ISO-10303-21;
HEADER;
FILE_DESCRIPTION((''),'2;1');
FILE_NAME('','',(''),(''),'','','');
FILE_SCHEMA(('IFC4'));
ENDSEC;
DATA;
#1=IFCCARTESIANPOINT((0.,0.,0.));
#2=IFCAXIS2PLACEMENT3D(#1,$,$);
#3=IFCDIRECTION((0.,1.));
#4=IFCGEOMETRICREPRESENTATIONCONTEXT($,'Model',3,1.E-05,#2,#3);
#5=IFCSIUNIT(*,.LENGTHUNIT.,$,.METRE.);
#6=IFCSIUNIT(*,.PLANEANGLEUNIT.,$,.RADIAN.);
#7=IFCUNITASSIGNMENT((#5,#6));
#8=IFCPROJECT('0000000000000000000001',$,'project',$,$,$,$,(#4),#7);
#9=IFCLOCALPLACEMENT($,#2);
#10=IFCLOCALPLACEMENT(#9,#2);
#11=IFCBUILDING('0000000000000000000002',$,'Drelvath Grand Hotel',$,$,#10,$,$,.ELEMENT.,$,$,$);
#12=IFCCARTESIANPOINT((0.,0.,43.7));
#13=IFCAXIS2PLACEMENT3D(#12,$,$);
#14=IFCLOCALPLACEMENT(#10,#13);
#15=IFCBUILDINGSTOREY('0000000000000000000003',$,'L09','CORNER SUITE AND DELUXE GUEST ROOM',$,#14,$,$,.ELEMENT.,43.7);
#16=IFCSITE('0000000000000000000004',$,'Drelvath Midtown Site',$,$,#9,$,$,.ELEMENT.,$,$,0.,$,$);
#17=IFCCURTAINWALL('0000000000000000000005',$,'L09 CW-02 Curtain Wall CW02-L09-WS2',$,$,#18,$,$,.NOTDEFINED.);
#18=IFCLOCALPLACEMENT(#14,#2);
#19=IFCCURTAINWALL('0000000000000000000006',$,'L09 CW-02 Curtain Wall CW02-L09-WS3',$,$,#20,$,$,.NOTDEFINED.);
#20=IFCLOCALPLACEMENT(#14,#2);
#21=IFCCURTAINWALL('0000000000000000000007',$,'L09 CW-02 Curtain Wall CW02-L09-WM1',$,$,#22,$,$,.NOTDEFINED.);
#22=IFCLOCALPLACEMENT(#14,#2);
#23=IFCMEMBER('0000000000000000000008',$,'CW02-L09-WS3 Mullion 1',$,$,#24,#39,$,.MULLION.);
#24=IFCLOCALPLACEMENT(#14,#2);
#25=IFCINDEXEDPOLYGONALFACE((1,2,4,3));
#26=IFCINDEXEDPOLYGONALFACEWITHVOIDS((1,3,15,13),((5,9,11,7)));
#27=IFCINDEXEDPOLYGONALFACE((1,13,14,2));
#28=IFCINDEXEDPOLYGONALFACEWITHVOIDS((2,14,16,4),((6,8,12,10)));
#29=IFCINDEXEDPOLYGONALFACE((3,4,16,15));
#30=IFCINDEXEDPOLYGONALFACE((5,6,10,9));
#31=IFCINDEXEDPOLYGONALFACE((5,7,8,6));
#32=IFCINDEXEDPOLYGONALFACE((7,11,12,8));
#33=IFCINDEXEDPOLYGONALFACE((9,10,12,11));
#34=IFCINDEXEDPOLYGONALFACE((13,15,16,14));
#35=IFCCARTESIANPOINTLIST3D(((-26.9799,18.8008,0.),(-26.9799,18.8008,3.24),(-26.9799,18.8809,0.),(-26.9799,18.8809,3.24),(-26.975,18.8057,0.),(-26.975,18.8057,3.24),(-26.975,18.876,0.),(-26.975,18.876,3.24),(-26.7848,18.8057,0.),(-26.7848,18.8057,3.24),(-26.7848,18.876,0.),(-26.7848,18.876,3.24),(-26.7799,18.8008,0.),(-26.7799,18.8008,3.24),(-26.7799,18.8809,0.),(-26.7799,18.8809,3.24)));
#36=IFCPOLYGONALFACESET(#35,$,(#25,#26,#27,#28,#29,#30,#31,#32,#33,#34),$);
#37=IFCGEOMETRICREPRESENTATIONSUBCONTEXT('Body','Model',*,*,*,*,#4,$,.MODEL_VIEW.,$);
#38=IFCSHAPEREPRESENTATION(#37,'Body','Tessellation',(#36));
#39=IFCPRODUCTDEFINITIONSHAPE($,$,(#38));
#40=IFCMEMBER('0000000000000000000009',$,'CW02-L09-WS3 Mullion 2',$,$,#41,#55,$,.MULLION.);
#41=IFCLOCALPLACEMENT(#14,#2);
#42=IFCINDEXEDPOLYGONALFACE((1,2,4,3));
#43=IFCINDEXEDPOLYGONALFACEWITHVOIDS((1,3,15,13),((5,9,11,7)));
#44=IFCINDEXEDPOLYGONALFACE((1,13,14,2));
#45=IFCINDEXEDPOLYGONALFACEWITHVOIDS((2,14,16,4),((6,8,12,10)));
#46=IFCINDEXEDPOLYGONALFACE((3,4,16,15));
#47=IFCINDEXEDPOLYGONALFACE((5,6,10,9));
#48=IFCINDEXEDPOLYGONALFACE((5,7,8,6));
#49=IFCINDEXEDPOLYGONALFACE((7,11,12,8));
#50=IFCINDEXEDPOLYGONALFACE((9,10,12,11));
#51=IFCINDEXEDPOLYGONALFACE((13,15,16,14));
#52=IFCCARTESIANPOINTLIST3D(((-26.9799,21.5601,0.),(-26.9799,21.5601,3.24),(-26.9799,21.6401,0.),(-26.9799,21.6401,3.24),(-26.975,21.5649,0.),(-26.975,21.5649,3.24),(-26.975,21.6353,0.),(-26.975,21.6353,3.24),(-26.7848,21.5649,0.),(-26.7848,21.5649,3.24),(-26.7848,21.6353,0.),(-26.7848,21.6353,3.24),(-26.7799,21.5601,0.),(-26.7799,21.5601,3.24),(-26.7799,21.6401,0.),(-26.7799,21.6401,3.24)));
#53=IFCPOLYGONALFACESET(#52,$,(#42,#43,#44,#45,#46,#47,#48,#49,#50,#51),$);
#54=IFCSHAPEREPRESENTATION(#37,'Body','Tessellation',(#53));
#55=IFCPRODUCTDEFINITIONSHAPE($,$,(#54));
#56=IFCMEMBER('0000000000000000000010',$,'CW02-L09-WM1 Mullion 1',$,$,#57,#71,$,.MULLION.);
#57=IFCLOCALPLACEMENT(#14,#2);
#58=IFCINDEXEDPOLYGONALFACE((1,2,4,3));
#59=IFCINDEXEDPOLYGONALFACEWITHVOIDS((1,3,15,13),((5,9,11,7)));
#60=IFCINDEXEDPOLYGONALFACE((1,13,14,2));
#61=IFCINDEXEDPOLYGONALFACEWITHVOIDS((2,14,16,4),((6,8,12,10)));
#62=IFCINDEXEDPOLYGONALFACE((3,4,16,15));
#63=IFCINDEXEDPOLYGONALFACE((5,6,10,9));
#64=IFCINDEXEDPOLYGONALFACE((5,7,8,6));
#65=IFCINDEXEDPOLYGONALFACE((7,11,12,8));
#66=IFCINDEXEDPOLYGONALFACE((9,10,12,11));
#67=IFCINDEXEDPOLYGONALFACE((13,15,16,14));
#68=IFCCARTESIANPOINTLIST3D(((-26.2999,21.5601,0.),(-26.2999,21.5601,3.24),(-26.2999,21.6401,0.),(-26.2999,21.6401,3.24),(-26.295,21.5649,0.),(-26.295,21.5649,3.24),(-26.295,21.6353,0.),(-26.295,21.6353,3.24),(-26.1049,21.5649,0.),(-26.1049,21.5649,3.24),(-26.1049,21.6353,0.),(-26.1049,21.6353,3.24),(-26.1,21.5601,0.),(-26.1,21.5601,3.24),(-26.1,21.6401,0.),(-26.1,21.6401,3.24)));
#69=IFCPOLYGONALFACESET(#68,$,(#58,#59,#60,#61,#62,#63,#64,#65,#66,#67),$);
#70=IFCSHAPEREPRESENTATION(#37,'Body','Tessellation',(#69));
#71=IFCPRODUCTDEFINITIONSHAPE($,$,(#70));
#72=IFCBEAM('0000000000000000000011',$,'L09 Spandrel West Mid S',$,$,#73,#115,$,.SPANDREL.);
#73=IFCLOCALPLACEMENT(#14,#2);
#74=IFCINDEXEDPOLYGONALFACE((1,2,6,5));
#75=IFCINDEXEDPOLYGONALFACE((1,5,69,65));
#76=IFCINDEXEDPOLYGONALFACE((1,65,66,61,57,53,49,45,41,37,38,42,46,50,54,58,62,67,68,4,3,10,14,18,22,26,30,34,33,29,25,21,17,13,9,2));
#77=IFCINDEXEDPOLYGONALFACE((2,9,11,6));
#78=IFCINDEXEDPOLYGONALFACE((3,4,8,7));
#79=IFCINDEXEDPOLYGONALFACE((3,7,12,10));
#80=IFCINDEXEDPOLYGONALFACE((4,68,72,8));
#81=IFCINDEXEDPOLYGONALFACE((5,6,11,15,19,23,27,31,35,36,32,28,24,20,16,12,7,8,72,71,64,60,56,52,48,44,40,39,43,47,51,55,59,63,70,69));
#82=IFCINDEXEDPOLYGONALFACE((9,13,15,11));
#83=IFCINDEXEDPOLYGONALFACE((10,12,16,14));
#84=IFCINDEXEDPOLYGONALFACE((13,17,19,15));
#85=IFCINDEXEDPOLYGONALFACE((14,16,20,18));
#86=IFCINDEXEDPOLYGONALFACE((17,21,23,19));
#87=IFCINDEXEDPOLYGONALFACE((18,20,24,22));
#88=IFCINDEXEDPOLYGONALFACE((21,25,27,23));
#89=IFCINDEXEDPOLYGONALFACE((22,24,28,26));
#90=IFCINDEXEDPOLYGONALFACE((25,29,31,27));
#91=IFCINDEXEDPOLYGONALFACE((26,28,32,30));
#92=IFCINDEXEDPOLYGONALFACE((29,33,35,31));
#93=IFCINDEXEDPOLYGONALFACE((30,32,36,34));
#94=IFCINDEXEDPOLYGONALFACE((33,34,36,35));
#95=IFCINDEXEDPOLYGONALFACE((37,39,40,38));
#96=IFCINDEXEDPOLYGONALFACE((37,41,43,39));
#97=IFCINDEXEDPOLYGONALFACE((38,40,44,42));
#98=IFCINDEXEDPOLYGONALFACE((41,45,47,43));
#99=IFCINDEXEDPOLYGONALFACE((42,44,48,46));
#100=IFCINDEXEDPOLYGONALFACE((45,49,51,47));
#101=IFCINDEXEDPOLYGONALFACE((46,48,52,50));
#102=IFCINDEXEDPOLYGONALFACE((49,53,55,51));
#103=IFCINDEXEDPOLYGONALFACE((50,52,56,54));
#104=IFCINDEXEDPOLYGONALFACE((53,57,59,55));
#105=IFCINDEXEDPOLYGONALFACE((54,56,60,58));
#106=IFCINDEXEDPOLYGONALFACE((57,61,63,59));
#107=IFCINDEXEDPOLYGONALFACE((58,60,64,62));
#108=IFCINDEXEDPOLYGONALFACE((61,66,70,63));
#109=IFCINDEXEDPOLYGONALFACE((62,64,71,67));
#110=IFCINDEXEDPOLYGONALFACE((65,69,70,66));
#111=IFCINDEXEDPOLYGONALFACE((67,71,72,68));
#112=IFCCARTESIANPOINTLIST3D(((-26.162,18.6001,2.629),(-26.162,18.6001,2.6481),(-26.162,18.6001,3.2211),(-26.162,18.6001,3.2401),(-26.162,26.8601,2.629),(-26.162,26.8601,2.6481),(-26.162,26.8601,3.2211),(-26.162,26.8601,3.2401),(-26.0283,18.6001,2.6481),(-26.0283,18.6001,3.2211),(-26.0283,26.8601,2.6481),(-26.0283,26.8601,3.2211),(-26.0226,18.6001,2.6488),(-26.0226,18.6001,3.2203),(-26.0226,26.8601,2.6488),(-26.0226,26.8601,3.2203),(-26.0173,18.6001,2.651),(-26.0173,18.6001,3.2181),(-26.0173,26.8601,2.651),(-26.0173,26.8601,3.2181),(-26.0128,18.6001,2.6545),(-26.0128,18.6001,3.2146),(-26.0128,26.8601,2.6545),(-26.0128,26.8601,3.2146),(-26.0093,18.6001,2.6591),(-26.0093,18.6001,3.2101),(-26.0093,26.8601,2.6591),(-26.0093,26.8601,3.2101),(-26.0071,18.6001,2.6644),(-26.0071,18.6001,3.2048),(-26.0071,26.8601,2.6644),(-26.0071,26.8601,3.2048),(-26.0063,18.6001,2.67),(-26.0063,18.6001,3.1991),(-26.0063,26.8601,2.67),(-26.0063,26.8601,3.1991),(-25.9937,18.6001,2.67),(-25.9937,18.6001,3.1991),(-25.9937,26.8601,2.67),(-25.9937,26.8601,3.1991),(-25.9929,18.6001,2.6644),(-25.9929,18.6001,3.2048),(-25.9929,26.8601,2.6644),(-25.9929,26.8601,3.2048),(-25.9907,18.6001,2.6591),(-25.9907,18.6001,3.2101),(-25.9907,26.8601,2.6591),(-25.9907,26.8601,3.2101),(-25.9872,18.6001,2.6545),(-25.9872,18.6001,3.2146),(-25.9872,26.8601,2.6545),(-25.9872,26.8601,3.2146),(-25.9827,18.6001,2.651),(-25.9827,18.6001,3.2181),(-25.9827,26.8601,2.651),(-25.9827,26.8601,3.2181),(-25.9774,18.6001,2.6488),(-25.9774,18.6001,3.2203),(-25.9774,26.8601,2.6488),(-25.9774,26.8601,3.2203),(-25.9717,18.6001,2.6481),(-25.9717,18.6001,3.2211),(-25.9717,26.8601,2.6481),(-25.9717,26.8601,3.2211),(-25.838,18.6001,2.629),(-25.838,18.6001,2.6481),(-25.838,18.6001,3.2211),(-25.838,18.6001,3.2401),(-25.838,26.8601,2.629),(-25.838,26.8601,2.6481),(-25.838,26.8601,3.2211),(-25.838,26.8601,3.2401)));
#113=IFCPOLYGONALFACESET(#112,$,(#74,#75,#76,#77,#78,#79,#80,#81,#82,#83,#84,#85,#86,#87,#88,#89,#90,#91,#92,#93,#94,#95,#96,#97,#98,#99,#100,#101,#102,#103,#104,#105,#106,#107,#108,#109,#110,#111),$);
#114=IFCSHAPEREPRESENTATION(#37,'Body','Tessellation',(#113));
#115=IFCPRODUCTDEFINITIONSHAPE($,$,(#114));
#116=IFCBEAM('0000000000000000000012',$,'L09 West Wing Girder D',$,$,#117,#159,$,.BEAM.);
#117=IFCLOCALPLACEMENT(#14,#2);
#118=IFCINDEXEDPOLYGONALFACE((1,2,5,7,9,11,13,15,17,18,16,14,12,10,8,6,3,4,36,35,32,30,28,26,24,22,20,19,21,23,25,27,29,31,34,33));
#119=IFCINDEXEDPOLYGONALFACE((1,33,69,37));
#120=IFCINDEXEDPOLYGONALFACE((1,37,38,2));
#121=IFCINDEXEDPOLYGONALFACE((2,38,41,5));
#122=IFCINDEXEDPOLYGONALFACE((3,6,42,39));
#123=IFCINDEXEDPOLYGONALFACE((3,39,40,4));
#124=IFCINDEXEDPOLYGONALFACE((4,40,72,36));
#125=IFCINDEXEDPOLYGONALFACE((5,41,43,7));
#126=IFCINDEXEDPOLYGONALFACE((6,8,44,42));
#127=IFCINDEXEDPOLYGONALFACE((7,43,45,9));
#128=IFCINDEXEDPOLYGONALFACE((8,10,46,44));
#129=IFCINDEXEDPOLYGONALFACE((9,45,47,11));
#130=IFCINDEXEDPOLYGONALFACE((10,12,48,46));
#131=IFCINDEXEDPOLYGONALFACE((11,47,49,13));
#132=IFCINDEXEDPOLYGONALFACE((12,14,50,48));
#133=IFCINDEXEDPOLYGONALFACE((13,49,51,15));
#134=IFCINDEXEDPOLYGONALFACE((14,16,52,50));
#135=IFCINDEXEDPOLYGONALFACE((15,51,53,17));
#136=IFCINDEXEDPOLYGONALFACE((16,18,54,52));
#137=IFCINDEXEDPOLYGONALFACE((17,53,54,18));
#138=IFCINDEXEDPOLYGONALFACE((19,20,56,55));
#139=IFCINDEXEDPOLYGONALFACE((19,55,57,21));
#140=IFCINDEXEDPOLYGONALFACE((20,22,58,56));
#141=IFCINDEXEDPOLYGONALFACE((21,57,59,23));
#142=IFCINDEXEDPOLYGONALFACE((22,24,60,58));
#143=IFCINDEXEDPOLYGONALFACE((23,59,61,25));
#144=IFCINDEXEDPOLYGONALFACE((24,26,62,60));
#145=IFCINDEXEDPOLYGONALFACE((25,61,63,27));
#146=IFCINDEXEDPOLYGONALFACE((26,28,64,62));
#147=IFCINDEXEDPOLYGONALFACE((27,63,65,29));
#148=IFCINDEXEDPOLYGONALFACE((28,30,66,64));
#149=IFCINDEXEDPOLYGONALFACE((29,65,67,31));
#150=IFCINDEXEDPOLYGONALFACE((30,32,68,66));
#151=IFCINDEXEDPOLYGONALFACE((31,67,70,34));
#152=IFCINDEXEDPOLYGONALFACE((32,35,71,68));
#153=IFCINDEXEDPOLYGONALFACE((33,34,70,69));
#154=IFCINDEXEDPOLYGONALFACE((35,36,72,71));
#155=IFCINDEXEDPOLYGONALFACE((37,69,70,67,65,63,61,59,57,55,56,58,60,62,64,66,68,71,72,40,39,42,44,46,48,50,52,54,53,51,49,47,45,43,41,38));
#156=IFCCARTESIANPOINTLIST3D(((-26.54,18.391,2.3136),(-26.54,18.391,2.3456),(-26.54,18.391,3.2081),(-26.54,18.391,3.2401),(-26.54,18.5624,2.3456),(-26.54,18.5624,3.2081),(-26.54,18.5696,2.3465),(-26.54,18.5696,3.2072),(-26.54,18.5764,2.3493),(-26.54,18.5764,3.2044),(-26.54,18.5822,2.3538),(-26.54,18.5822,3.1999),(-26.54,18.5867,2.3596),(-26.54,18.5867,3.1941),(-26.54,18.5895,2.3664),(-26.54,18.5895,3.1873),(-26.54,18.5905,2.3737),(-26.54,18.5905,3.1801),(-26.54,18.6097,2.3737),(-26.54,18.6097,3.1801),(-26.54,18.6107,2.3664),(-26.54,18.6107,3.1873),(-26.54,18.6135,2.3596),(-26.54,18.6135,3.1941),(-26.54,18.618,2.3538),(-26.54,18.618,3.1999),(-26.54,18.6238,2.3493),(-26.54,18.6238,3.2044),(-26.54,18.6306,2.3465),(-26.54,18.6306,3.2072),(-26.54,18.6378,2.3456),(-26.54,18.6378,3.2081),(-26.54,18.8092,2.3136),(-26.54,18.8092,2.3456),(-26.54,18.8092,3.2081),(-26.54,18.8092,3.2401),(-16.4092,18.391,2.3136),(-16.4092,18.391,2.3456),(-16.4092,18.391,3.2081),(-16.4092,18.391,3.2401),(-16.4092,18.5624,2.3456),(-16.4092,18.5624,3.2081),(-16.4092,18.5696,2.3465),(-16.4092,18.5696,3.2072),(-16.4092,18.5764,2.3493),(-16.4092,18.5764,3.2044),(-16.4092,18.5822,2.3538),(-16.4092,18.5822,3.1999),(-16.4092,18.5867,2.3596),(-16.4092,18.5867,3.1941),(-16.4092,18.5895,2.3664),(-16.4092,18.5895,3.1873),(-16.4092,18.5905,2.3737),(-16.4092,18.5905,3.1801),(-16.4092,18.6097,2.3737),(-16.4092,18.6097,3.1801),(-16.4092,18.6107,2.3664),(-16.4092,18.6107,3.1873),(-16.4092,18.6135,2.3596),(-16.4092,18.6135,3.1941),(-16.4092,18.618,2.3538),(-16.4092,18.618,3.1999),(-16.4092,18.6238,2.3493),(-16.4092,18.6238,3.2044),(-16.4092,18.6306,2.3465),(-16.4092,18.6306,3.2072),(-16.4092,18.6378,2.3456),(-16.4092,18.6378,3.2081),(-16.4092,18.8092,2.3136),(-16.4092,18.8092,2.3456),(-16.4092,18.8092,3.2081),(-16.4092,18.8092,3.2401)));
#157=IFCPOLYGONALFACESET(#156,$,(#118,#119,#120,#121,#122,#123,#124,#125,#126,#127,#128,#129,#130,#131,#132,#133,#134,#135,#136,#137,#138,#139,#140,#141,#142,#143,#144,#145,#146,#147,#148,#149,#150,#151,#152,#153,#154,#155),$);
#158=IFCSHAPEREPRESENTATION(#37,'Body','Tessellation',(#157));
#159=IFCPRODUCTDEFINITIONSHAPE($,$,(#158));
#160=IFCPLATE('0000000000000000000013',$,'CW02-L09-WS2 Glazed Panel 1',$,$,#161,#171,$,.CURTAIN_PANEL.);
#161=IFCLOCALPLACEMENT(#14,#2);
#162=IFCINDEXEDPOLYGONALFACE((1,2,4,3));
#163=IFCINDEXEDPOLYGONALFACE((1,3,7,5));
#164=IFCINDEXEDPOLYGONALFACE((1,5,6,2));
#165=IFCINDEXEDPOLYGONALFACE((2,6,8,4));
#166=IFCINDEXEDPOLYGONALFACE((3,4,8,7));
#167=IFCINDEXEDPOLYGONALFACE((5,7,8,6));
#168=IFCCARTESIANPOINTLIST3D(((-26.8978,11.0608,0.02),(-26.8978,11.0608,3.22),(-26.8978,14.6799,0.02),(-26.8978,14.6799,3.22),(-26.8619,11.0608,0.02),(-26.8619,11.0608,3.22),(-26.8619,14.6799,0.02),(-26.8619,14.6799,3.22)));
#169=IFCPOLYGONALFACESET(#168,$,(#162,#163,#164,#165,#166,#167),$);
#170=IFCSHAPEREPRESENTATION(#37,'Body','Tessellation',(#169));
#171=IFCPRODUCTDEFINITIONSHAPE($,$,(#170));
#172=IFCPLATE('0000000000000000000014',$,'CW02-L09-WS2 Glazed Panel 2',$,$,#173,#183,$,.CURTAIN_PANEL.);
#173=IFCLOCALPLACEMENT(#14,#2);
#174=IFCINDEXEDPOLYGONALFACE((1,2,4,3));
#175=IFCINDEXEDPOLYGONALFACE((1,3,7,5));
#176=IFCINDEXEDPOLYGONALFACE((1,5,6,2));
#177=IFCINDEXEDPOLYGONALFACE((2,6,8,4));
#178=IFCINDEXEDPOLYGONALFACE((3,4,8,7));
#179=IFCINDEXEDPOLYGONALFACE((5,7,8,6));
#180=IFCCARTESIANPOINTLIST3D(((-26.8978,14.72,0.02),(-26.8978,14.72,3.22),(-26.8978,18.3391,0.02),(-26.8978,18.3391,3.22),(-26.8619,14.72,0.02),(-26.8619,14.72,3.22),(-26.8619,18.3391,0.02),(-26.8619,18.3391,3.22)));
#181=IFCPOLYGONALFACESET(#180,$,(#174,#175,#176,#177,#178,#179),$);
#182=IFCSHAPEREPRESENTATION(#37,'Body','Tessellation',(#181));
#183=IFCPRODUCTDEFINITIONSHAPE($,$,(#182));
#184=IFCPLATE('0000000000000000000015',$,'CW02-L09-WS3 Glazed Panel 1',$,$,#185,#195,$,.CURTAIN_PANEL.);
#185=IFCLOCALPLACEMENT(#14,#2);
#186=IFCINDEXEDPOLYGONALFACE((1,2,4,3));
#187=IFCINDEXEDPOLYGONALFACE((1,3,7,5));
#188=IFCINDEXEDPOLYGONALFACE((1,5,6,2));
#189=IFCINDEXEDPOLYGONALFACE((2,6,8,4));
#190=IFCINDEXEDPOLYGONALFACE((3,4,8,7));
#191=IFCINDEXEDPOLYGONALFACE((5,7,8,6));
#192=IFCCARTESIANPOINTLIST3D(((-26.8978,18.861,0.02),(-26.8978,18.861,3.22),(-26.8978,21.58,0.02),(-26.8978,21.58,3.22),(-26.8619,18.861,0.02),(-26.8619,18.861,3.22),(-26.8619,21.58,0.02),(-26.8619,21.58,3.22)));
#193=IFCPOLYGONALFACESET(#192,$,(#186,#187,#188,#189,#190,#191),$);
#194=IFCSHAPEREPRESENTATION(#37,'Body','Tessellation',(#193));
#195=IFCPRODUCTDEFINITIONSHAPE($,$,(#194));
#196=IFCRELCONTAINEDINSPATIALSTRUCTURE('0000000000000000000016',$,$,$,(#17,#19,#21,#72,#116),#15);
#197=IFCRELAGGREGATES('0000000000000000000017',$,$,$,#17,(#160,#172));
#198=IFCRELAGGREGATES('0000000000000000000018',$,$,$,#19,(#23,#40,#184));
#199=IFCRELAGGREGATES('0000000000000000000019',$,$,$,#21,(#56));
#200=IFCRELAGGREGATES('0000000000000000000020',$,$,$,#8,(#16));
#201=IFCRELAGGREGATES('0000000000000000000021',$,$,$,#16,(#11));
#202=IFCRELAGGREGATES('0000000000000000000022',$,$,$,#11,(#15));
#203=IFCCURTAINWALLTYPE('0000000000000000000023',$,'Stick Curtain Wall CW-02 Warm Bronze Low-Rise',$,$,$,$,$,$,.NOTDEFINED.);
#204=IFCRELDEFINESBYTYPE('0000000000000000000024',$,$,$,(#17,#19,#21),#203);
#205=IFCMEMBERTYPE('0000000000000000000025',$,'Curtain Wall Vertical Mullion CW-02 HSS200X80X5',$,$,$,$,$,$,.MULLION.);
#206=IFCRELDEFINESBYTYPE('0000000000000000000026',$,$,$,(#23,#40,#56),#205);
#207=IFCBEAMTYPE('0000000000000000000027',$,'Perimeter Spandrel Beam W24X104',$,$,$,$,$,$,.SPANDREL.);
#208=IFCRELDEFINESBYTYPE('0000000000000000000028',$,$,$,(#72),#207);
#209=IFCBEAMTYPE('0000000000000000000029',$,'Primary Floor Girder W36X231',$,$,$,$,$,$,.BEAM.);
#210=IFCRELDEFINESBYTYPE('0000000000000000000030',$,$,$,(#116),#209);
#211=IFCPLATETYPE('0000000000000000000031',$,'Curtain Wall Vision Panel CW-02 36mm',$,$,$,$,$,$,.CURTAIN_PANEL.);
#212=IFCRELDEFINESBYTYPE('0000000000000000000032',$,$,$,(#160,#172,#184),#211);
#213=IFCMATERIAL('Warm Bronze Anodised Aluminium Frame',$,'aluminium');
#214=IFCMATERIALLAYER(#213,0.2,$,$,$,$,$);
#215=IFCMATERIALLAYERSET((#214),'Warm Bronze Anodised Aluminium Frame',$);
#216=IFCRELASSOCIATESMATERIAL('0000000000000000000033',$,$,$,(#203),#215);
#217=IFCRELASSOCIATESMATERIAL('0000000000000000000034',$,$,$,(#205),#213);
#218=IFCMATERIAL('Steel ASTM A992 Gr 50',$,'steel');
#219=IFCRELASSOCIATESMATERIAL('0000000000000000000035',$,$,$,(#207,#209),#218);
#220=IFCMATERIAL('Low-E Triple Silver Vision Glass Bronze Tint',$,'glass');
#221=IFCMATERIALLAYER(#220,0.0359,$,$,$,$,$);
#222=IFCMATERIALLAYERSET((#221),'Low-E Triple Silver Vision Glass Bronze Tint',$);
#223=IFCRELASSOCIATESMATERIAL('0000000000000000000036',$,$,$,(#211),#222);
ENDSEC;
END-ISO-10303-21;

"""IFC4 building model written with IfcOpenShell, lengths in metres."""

from ifc_helpers import new_model, si_unit, direction, frame, origin, origin_2d, place, context, subcontext, project, spatial, rectangle, hollow_rectangle, i_section, extrude, material, layer, layer_set, material_profile, profile_set, type_object, element, aggregate, save


model = new_model("IFC4")

# Units and contexts
model_context = context("Model", 3, precision=1e-05, world=origin(), true_north=direction((0.0, 1.0)))
body_context = subcontext(model_context, "Body", "Model", "MODEL_VIEW")
ifc_project = project(units=[si_unit("LENGTHUNIT", "METRE"), si_unit("PLANEANGLEUNIT", "RADIAN")], contexts=[model_context])

# Site, building, storey
site_placement = place(None, origin())
site = spatial("IfcSite", under=ifc_project, at=site_placement, Name="Drelvath Midtown Site", CompositionType="ELEMENT", RefElevation=0.0)
building_placement = place(site_placement, origin())
building = spatial("IfcBuilding", under=site, at=building_placement, Name="Drelvath Grand Hotel", CompositionType="ELEMENT")
storey_placement = place(building_placement, frame((0.0, 0.0, 43.7)))
storey = spatial("IfcBuildingStorey", under=building, at=storey_placement, Name="L09", Description="CORNER SUITE AND DELUXE GUEST ROOM", CompositionType="ELEMENT", Elevation=43.7)

# Shared definitions
ifc_material_1 = material(Name="Steel ASTM A992 Gr 50", Category="steel")

# Curtain walls
ifc_material_2 = material(Name="Warm Bronze Anodised Aluminium Frame", Category="aluminium")
ifc_layer_1 = layer(ifc_material_2, 0.2)
ifc_layer_set_1 = layer_set([ifc_layer_1], Name="Warm Bronze Anodised Aluminium Frame")
curtain_wall_type = type_object("IfcCurtainWallType", Name="Stick Curtain Wall CW-02 Warm Bronze Low-Rise", PredefinedType="NOTDEFINED", material=ifc_layer_set_1)
curtain_wall_1_placement = place(storey_placement, origin())
curtain_wall_1 = element("IfcCurtainWall", 1, at=curtain_wall_1_placement, inside=storey, type_object=curtain_wall_type, Name="L09 CW-02 Curtain Wall CW02-L09-WS2", PredefinedType="NOTDEFINED")
curtain_wall_2_placement = place(storey_placement, origin())
curtain_wall_2 = element("IfcCurtainWall", 2, at=curtain_wall_2_placement, inside=storey, type_object=curtain_wall_type, Name="L09 CW-02 Curtain Wall CW02-L09-WS3", PredefinedType="NOTDEFINED")
curtain_wall_3_placement = place(storey_placement, origin())
curtain_wall_3 = element("IfcCurtainWall", 3, at=curtain_wall_3_placement, inside=storey, type_object=curtain_wall_type, Name="L09 CW-02 Curtain Wall CW02-L09-WM1", PredefinedType="NOTDEFINED")

# Members
ifc_material_profile_1 = material_profile(ifc_material_2, hollow_rectangle(XDim=0.0801, YDim=0.2, WallThickness=0.0049, at=origin_2d()), Name="HSS200X80X5")
ifc_profile_set_1 = profile_set([ifc_material_profile_1], Name="Warm Bronze Anodised Aluminium Frame")
member_type_1 = type_object("IfcMemberType", Name="Curtain Wall Vertical Mullion CW-02 HSS200X80X5", PredefinedType="MULLION", material=ifc_profile_set_1)
member_1_placement = place(storey_placement, frame((-26.8799, 18.8408, 0.0), z_axis=(0.0, 0.0, 1.0), x_axis=(0.0, 1.0, 0.0)))
member_1 = element("IfcMember", 4, at=member_1_placement, type_object=member_type_1, Name="CW02-L09-WS3 Mullion 1", PredefinedType="MULLION", context=body_context, shape_type="SweptSolid", body=[
    extrude(hollow_rectangle(XDim=0.0801, YDim=0.2, WallThickness=0.0049, at=origin_2d()), origin(), (0.0, 0.0, 1.0), 3.24),
])
member_2_placement = place(storey_placement, frame((-26.8799, 21.6001, 0.0), z_axis=(0.0, 0.0, 1.0), x_axis=(0.0, 1.0, 0.0)))
member_2 = element("IfcMember", 5, at=member_2_placement, type_object=member_type_1, Name="CW02-L09-WS3 Mullion 2", PredefinedType="MULLION", context=body_context, shape_type="SweptSolid", body=[
    extrude(hollow_rectangle(XDim=0.0801, YDim=0.2, WallThickness=0.0049, at=origin_2d()), origin(), (0.0, 0.0, 1.0), 3.24),
])
member_3_placement = place(storey_placement, frame((-26.2, 21.6001, 0.0), z_axis=(0.0, 0.0, 1.0), x_axis=(0.0, 1.0, 0.0)))
member_3 = element("IfcMember", 6, at=member_3_placement, type_object=member_type_1, Name="CW02-L09-WM1 Mullion 1", PredefinedType="MULLION", context=body_context, shape_type="SweptSolid", body=[
    extrude(hollow_rectangle(XDim=0.0801, YDim=0.2, WallThickness=0.0049, at=origin_2d()), origin(), (0.0, 0.0, 1.0), 3.24),
])

# Beams
ifc_material_profile_2 = material_profile(ifc_material_1, i_section(OverallWidth=0.324, OverallDepth=0.6111, WebThickness=0.0127, FlangeThickness=0.019, FilletRadius=0.022, at=origin_2d()), Name="W24X104")
ifc_profile_set_2 = profile_set([ifc_material_profile_2], Name="Steel ASTM A992 Gr 50")
beam_type_1 = type_object("IfcBeamType", Name="Perimeter Spandrel Beam W24X104", PredefinedType="SPANDREL", material=ifc_profile_set_2)
beam_1_placement = place(storey_placement, frame((-26.0, 18.6001, 2.9346), z_axis=(0.0, 1.0, 0.0), x_axis=(-1.0, 0.0, 0.0)))
element("IfcBeam", 7, at=beam_1_placement, inside=storey, type_object=beam_type_1, Name="L09 Spandrel West Mid S", PredefinedType="SPANDREL", context=body_context, shape_type="SweptSolid", body=[
    extrude(i_section(OverallWidth=0.324, OverallDepth=0.6111, WebThickness=0.0127, FlangeThickness=0.019, FilletRadius=0.022, at=origin_2d()), origin(), (0.0, 0.0, 1.0), 8.26),
])
ifc_material_profile_3 = material_profile(ifc_material_1, i_section(OverallWidth=0.4182, OverallDepth=0.9265, WebThickness=0.0193, FlangeThickness=0.032, FilletRadius=0.0281, at=origin_2d()), Name="W36X231")
ifc_profile_set_3 = profile_set([ifc_material_profile_3], Name="Steel ASTM A992 Gr 50")
beam_type_2 = type_object("IfcBeamType", Name="Primary Floor Girder W36X231", PredefinedType="BEAM", material=ifc_profile_set_3)
beam_2_placement = place(storey_placement, frame((-26.54, 18.6001, 2.7769), z_axis=(1.0, 0.0, 0.0), x_axis=(0.0, 1.0, 0.0)))
element("IfcBeam", 8, at=beam_2_placement, inside=storey, type_object=beam_type_2, Name="L09 West Wing Girder D", PredefinedType="BEAM", context=body_context, shape_type="SweptSolid", body=[
    extrude(i_section(OverallWidth=0.4182, OverallDepth=0.9265, WebThickness=0.0193, FlangeThickness=0.032, FilletRadius=0.0281, at=origin_2d()), origin(), (0.0, 0.0, 1.0), 10.1309),
])

# Plates
ifc_material_3 = material(Name="Low-E Triple Silver Vision Glass Bronze Tint", Category="glass")
ifc_layer_2 = layer(ifc_material_3, 0.0359)
ifc_layer_set_2 = layer_set([ifc_layer_2], Name="Low-E Triple Silver Vision Glass Bronze Tint")
plate_type = type_object("IfcPlateType", Name="Curtain Wall Vision Panel CW-02 36mm", PredefinedType="CURTAIN_PANEL", material=ifc_layer_set_2)
plate_1_placement = place(storey_placement, frame((-26.8799, 12.8704, 0.02), z_axis=(0.0, 0.0, 1.0), x_axis=(0.0, 1.0, 0.0)))
plate_1 = element("IfcPlate", 9, at=plate_1_placement, type_object=plate_type, Name="CW02-L09-WS2 Glazed Panel 1", PredefinedType="CURTAIN_PANEL", context=body_context, shape_type="SweptSolid", body=[
    extrude(rectangle(XDim=3.6191, YDim=0.0359, at=origin_2d()), origin(), (0.0, 0.0, 1.0), 3.2),
])
plate_2_placement = place(storey_placement, frame((-26.8799, 16.5295, 0.02), z_axis=(0.0, 0.0, 1.0), x_axis=(0.0, 1.0, 0.0)))
plate_2 = element("IfcPlate", 10, at=plate_2_placement, type_object=plate_type, Name="CW02-L09-WS2 Glazed Panel 2", PredefinedType="CURTAIN_PANEL", context=body_context, shape_type="SweptSolid", body=[
    extrude(rectangle(XDim=3.6191, YDim=0.0359, at=origin_2d()), origin(), (0.0, 0.0, 1.0), 3.2),
])
aggregate(curtain_wall_1, [plate_1, plate_2])
plate_3_placement = place(storey_placement, frame((-26.8799, 20.2205, 0.02), z_axis=(0.0, 0.0, 1.0), x_axis=(0.0, 1.0, 0.0)))
plate_3 = element("IfcPlate", 11, at=plate_3_placement, type_object=plate_type, Name="CW02-L09-WS3 Glazed Panel 1", PredefinedType="CURTAIN_PANEL", context=body_context, shape_type="SweptSolid", body=[
    extrude(rectangle(XDim=2.719, YDim=0.0359, at=origin_2d()), origin(), (0.0, 0.0, 1.0), 3.2),
])
aggregate(curtain_wall_2, [member_1, member_2, plate_3])
aggregate(curtain_wall_3, [member_3])

save(model, "model.ifc")
